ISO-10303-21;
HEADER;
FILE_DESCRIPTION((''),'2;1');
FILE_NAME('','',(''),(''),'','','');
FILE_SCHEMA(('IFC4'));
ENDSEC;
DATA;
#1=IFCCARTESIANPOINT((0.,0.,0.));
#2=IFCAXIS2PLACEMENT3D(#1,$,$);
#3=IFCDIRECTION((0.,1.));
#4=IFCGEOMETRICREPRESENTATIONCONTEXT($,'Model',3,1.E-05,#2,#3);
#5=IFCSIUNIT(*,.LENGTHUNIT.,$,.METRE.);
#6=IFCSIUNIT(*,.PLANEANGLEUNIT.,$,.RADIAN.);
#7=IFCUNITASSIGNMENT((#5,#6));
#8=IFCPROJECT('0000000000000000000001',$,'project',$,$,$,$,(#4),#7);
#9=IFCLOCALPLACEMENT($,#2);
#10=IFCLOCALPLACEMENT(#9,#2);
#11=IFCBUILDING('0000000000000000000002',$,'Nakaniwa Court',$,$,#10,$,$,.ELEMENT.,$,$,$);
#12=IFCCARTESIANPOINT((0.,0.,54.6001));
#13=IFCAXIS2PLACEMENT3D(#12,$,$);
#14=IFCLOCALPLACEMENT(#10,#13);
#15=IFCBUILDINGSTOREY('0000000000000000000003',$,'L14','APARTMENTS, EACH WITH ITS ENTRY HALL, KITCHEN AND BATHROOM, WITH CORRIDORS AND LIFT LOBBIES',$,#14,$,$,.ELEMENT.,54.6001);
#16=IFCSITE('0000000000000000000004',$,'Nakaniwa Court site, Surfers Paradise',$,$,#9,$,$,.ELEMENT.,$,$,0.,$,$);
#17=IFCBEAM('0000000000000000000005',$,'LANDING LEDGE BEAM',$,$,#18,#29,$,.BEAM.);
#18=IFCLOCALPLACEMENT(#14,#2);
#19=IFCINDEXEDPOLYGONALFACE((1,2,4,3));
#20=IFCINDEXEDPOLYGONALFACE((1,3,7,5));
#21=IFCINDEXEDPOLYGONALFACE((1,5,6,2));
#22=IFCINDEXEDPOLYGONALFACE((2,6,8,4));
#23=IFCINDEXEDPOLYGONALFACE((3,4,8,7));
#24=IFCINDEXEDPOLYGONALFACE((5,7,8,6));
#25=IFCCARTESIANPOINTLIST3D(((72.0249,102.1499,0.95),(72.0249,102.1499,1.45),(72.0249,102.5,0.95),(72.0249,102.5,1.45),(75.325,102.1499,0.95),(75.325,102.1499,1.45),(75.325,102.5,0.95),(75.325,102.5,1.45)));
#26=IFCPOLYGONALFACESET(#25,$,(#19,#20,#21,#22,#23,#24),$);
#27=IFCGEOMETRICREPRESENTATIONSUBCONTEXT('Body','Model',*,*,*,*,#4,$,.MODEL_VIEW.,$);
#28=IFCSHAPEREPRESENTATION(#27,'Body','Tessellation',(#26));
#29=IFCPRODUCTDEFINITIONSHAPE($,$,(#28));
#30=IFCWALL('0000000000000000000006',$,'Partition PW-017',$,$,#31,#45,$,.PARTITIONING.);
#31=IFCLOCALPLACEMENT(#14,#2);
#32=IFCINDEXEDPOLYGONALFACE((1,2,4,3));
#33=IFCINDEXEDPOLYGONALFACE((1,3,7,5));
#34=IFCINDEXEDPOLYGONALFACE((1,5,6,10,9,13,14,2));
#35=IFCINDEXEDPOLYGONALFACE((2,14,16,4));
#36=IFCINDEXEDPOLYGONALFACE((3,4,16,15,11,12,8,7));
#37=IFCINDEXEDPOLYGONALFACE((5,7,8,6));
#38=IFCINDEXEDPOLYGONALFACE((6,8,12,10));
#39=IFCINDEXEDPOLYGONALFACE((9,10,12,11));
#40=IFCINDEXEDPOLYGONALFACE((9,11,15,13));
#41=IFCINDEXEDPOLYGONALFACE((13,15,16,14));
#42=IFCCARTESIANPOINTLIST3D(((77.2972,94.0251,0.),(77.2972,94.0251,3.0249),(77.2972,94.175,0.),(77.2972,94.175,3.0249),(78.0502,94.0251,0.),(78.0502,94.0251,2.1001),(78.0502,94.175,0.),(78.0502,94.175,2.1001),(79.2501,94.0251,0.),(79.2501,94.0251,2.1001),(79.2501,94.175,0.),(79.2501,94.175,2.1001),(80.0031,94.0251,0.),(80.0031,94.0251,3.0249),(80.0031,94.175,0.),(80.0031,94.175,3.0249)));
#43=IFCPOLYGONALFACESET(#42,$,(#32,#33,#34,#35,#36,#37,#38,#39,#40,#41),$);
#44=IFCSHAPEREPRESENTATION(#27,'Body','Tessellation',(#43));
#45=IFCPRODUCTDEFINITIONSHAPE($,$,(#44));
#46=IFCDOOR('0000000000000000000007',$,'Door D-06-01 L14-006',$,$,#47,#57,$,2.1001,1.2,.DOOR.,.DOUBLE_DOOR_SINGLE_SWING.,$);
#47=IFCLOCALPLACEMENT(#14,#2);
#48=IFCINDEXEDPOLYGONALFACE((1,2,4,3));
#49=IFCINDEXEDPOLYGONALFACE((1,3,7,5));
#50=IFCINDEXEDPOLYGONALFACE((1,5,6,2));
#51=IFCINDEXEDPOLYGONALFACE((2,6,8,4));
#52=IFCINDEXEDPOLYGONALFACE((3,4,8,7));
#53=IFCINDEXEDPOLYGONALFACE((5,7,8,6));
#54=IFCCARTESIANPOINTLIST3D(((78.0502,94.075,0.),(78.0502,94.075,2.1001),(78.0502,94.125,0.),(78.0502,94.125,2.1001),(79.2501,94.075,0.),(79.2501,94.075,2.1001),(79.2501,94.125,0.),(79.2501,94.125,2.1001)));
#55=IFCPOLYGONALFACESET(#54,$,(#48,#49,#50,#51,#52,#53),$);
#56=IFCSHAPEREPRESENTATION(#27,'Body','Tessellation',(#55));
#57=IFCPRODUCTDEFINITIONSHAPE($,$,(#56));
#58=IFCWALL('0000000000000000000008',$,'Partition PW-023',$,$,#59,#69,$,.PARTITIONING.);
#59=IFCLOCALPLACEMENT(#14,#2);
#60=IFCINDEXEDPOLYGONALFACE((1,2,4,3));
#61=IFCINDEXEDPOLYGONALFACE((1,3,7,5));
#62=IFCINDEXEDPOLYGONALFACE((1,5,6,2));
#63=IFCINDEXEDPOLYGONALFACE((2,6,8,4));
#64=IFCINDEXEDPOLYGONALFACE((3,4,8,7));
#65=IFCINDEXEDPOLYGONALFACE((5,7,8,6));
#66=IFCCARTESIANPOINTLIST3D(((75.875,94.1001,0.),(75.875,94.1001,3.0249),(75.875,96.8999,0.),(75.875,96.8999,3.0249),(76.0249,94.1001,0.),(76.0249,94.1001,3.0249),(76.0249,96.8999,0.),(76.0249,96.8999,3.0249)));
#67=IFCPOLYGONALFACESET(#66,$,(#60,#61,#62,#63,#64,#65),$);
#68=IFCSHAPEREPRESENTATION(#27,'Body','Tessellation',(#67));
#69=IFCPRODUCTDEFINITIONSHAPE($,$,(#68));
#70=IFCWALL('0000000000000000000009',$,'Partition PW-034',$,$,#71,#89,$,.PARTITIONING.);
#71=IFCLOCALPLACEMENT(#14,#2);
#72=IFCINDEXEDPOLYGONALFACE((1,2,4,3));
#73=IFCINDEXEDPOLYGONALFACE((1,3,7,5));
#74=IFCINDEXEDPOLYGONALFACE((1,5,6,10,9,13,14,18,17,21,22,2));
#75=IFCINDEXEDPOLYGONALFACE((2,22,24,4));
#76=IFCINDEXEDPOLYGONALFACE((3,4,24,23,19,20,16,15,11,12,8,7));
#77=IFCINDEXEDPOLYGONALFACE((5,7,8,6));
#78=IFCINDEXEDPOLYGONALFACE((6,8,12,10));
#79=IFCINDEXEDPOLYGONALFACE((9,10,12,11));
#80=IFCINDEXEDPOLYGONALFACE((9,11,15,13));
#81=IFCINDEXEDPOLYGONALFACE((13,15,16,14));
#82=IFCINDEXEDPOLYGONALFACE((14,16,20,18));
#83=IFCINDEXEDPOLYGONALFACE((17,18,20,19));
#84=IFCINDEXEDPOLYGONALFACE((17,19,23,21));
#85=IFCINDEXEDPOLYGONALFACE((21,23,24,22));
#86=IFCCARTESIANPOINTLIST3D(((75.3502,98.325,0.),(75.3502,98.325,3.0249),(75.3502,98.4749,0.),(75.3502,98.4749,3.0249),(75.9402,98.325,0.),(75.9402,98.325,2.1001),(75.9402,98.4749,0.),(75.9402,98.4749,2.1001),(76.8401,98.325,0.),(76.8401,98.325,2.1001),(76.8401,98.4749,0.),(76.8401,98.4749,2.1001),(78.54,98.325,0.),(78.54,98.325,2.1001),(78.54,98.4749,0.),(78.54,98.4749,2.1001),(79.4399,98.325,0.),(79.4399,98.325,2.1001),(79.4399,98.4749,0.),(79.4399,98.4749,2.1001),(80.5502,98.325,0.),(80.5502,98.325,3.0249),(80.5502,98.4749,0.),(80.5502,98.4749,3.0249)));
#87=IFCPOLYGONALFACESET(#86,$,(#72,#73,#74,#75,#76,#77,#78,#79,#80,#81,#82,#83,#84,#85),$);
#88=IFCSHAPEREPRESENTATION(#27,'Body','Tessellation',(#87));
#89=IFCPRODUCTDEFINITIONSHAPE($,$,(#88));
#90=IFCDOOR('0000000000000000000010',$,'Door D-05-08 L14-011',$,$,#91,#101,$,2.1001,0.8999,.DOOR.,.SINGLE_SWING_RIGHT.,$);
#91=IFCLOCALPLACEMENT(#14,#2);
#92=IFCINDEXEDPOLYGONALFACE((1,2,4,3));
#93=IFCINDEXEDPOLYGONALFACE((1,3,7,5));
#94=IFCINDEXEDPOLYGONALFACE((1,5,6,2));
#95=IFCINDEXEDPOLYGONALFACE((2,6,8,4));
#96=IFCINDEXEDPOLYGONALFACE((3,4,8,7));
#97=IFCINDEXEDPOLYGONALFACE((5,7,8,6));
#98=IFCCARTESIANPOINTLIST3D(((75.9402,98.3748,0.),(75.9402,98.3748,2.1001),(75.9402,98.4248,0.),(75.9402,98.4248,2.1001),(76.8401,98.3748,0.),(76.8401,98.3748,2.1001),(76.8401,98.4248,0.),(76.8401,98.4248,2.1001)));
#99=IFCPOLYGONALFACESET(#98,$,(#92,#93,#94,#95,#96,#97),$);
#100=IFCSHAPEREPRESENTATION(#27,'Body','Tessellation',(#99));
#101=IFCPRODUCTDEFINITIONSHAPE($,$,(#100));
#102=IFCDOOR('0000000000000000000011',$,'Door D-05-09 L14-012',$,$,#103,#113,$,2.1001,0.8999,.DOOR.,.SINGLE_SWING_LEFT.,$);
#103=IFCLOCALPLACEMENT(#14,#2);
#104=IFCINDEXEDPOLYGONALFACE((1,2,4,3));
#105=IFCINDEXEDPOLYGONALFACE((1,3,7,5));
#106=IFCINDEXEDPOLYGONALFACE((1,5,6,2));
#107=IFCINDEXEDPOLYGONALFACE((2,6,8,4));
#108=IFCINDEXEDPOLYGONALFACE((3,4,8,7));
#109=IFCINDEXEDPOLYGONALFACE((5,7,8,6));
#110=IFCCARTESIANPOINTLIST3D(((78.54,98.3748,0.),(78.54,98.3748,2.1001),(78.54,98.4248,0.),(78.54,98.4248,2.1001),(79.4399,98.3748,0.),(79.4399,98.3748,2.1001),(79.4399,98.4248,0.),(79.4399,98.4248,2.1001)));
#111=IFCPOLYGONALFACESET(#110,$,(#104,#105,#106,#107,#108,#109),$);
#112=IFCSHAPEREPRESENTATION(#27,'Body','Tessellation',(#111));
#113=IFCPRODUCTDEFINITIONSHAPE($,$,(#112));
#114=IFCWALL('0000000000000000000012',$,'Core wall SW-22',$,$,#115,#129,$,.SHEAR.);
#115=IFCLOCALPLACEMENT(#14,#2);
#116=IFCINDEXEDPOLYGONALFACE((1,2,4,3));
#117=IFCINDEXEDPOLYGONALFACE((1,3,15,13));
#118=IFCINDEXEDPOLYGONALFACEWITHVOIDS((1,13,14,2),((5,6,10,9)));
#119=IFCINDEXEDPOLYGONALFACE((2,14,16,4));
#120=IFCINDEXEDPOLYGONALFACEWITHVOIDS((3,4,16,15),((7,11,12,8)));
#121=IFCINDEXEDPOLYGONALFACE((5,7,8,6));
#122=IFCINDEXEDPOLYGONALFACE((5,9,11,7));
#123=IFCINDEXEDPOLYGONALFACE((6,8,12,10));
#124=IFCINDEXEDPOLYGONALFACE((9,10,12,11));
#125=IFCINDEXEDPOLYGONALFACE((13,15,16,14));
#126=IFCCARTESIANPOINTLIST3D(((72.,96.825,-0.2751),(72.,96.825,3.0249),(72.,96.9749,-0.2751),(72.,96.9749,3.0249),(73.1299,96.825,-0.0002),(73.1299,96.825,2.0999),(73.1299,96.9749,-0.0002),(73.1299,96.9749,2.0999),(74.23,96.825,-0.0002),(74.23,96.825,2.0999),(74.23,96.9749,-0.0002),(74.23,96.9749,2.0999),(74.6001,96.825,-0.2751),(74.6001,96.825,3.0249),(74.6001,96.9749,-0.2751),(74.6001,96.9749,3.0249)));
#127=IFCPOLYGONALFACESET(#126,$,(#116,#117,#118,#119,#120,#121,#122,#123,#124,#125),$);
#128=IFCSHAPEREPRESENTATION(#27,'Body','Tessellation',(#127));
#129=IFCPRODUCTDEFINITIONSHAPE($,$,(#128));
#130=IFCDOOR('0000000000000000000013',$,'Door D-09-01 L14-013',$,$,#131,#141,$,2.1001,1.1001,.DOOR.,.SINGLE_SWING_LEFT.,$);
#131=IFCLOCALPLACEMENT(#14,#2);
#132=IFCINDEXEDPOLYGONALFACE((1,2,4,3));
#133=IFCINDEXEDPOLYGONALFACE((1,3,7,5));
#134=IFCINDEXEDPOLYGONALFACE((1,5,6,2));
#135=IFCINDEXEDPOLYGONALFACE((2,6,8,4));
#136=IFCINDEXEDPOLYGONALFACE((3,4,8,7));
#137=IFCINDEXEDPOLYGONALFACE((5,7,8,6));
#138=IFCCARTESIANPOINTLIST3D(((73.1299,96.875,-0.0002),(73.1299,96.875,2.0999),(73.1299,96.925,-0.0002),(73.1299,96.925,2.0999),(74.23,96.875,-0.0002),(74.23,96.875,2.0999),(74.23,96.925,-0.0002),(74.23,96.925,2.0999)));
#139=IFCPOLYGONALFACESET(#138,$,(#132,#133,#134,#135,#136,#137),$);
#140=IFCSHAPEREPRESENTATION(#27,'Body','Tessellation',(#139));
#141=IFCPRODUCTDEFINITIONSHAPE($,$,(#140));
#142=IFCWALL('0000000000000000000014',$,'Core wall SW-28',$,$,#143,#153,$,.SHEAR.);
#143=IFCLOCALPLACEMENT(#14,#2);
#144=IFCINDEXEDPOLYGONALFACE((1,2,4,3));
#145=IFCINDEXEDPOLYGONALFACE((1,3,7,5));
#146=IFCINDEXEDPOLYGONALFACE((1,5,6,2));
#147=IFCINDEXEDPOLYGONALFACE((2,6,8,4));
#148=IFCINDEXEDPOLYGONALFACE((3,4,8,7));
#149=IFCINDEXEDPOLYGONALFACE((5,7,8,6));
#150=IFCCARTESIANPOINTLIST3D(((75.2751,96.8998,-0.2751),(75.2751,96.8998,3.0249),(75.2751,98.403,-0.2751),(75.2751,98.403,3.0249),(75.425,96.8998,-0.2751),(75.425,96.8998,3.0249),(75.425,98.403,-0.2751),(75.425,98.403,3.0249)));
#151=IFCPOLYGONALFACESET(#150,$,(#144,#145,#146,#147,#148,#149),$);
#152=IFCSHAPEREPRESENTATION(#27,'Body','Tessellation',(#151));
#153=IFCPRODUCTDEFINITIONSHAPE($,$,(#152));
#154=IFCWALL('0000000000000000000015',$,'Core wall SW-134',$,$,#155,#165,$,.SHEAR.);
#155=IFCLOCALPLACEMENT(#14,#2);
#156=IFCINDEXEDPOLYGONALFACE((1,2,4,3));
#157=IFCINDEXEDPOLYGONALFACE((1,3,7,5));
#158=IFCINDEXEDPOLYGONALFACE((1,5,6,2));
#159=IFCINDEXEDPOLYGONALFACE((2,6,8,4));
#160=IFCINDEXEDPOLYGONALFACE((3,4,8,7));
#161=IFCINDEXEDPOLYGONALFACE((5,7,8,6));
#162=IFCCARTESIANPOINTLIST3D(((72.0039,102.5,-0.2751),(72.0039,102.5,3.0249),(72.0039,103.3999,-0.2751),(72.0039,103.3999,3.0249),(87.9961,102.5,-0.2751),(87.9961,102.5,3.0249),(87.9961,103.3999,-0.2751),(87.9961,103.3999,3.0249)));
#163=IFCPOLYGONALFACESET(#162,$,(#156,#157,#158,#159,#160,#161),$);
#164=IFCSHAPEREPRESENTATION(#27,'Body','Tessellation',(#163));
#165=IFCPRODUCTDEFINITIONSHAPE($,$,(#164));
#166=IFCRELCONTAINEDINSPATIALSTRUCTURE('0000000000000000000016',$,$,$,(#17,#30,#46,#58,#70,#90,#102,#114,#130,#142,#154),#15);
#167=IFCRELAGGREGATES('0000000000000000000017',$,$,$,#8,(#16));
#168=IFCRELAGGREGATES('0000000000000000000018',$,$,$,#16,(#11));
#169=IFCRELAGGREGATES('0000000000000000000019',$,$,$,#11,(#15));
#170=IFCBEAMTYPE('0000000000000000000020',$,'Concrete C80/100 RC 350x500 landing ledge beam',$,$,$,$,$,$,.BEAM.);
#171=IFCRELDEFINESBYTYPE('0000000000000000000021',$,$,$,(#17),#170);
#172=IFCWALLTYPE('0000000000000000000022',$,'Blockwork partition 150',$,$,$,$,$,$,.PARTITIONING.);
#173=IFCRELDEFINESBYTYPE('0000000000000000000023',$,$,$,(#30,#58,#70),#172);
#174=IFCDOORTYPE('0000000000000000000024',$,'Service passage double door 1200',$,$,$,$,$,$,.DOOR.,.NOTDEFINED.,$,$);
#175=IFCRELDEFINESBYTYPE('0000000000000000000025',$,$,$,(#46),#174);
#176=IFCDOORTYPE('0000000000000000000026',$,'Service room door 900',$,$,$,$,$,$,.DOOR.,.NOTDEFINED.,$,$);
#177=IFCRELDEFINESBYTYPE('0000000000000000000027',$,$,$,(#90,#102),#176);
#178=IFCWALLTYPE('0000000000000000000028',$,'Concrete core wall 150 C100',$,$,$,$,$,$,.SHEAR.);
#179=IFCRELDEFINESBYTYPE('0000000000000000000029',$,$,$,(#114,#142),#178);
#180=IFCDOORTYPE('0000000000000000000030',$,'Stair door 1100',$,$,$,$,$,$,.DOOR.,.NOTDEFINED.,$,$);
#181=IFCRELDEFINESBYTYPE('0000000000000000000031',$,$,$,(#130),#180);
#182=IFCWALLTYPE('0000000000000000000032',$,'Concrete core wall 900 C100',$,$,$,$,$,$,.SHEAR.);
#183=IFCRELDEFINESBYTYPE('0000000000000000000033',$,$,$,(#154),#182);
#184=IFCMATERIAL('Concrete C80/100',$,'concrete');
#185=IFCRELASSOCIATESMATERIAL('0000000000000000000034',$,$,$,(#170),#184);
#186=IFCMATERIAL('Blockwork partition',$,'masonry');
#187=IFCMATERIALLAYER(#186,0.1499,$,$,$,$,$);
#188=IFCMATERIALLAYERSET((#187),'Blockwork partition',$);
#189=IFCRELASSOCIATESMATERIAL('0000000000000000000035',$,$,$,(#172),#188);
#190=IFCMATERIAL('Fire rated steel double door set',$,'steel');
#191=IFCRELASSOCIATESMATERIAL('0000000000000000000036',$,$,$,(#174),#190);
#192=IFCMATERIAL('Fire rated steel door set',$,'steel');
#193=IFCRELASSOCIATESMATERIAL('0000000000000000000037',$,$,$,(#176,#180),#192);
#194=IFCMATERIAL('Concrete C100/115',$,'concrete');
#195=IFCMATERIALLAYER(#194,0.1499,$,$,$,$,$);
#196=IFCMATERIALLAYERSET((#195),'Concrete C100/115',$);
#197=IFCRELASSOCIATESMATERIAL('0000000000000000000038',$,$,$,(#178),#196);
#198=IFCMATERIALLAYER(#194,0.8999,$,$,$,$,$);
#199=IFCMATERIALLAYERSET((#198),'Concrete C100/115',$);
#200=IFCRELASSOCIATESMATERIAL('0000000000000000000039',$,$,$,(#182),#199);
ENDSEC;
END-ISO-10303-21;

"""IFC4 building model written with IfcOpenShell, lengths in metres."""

from ifc_helpers import new_model, si_unit, direction, frame, frame_2d, origin, origin_2d, place, context, subcontext, project, spatial, rectangle, extrude, material, layer, layer_set, material_profile, profile_set, type_object, element, fill, save


model = new_model("IFC4")

# Units and contexts
model_context = context("Model", 3, precision=1e-05, world=origin(), true_north=direction((0.0, 1.0)))
body_context = subcontext(model_context, "Body", "Model", "MODEL_VIEW")
ifc_project = project(units=[si_unit("LENGTHUNIT", "METRE"), si_unit("PLANEANGLEUNIT", "RADIAN")], contexts=[model_context])

# Site, building, storey
site_placement = place(None, origin())
site = spatial("IfcSite", under=ifc_project, at=site_placement, Name="Nakaniwa Court site, Surfers Paradise", CompositionType="ELEMENT", RefElevation=0.0)
building_placement = place(site_placement, origin())
building = spatial("IfcBuilding", under=site, at=building_placement, Name="Nakaniwa Court", CompositionType="ELEMENT")
storey_placement = place(building_placement, frame((0.0, 0.0, 54.6001)))
storey = spatial("IfcBuildingStorey", under=building, at=storey_placement, Name="L14", Description="APARTMENTS, EACH WITH ITS ENTRY HALL, KITCHEN AND BATHROOM, WITH CORRIDORS AND LIFT LOBBIES", CompositionType="ELEMENT", Elevation=54.6001)

# Beam
ifc_material_1 = material(Name="Concrete C80/100", Category="concrete")
ifc_material_profile = material_profile(ifc_material_1, rectangle(XDim=0.3501, YDim=0.5, at=origin_2d()), Name="Concrete C80/100 RC 350x500 landing ledge beam")
ifc_profile_set = profile_set([ifc_material_profile], Name="Concrete C80/100")
beam_type = type_object("IfcBeamType", Name="Concrete C80/100 RC 350x500 landing ledge beam", PredefinedType="BEAM", material=ifc_profile_set)
beam_placement = place(storey_placement, frame((72.0249, 102.325, 1.2), z_axis=(1.0, 0.0, 0.0), x_axis=(0.0, 1.0, 0.0)))
element("IfcBeam", 1, at=beam_placement, inside=storey, type_object=beam_type, Name="LANDING LEDGE BEAM", PredefinedType="BEAM", context=body_context, shape_type="SweptSolid", body=[
    extrude(rectangle(XDim=0.3501, YDim=0.5, at=origin_2d()), origin(), (0.0, 0.0, 1.0), 3.3),
])

# Wall, opening, door
ifc_material_2 = material(Name="Blockwork partition", Category="masonry")
ifc_layer_1 = layer(ifc_material_2, 0.1499)
ifc_layer_set_1 = layer_set([ifc_layer_1], Name="Blockwork partition")
wall_type_1 = type_object("IfcWallType", Name="Blockwork partition 150", PredefinedType="PARTITIONING", material=ifc_layer_set_1)
wall_1_placement = place(storey_placement, frame((77.2971, 94.1001, 0.0), z_axis=(0.0, 0.0, 1.0), x_axis=(1.0, 0.0, 0.0)))
wall_1 = element("IfcWall", 2, at=wall_1_placement, inside=storey, type_object=wall_type_1, Name="Partition PW-017", PredefinedType="PARTITIONING", context=body_context, shape_type="SweptSolid", body=[
    extrude(rectangle(XDim=2.7058, YDim=0.1499, at=frame_2d((1.353, 0.0))), origin(), (0.0, 0.0, 1.0), 3.0249),
])
opening_1_placement = place(wall_1_placement, frame((0.7529, 0.0, 0.0)))
opening_1 = element("IfcOpeningElement", 3, at=opening_1_placement, cuts=wall_1, PredefinedType="OPENING", context=body_context, shape_type="SweptSolid", body=[
    extrude(rectangle(XDim=1.2, YDim=2.1001, at=frame_2d((0.6001, 1.05))), frame((0.0, 0.085, 0.0), z_axis=(0.0, -1.0, 0.0), x_axis=(1.0, 0.0, 0.0)), (0.0, 0.0, 1.0), 0.1699),
])
ifc_material_3 = material(Name="Fire rated steel double door set", Category="steel")
door_type_1 = type_object("IfcDoorType", Name="Service passage double door 1200", OperationType="NOTDEFINED", PredefinedType="DOOR", material=ifc_material_3)
door_1_placement = place(opening_1_placement, origin())
door_1 = element("IfcDoor", 4, at=door_1_placement, inside=storey, type_object=door_type_1, Name="Door D-06-01 L14-006", OperationType="DOUBLE_DOOR_SINGLE_SWING", OverallHeight=2.1001, OverallWidth=1.2, PredefinedType="DOOR", context=body_context, shape_type="SweptSolid", body=[
    extrude(rectangle(XDim=1.2, YDim=2.1001, at=frame_2d((0.6001, 1.05))), frame((0.0, 0.0249, 0.0), z_axis=(0.0, -1.0, 0.0), x_axis=(1.0, 0.0, 0.0)), (0.0, 0.0, 1.0), 0.05),
])
fill(opening_1, door_1)

# Wall
wall_2_placement = place(storey_placement, frame((75.95, 94.1001, 0.0), z_axis=(0.0, 0.0, 1.0), x_axis=(0.0, 1.0, 0.0)))
element("IfcWall", 5, at=wall_2_placement, inside=storey, type_object=wall_type_1, Name="Partition PW-023", PredefinedType="PARTITIONING", context=body_context, shape_type="SweptSolid", body=[
    extrude(rectangle(XDim=2.7998, YDim=0.1499, at=frame_2d((1.3999, 0.0))), origin(), (0.0, 0.0, 1.0), 3.0249),
])

# Wall, openings, doors
wall_3_placement = place(storey_placement, frame((75.3501, 98.3999, 0.0), z_axis=(0.0, 0.0, 1.0), x_axis=(1.0, 0.0, 0.0)))
wall_3 = element("IfcWall", 6, at=wall_3_placement, inside=storey, type_object=wall_type_1, Name="Partition PW-034", PredefinedType="PARTITIONING", context=body_context, shape_type="SweptSolid", body=[
    extrude(rectangle(XDim=5.2, YDim=0.1499, at=frame_2d((2.6001, 0.0))), origin(), (0.0, 0.0, 1.0), 3.0249),
])
opening_2_placement = place(wall_3_placement, frame((0.5901, 0.0, 0.0)))
opening_2 = element("IfcOpeningElement", 7, at=opening_2_placement, cuts=wall_3, PredefinedType="OPENING", context=body_context, shape_type="SweptSolid", body=[
    extrude(rectangle(XDim=0.8999, YDim=2.1001, at=frame_2d((0.45, 1.05))), frame((0.0, 0.085, 0.0), z_axis=(0.0, -1.0, 0.0), x_axis=(1.0, 0.0, 0.0)), (0.0, 0.0, 1.0), 0.1699),
])
opening_3_placement = place(wall_3_placement, frame((3.1899, 0.0, 0.0)))
opening_3 = element("IfcOpeningElement", 8, at=opening_3_placement, cuts=wall_3, PredefinedType="OPENING", context=body_context, shape_type="SweptSolid", body=[
    extrude(rectangle(XDim=0.8999, YDim=2.1001, at=frame_2d((0.45, 1.05))), frame((0.0, 0.085, 0.0), z_axis=(0.0, -1.0, 0.0), x_axis=(1.0, 0.0, 0.0)), (0.0, 0.0, 1.0), 0.1699),
])
ifc_material_4 = material(Name="Fire rated steel door set", Category="steel")
door_type_2 = type_object("IfcDoorType", Name="Service room door 900", OperationType="NOTDEFINED", PredefinedType="DOOR", material=ifc_material_4)
door_2_placement = place(opening_2_placement, origin())
door_2 = element("IfcDoor", 9, at=door_2_placement, inside=storey, type_object=door_type_2, Name="Door D-05-08 L14-011", OperationType="SINGLE_SWING_RIGHT", OverallHeight=2.1001, OverallWidth=0.8999, PredefinedType="DOOR", context=body_context, shape_type="SweptSolid", body=[
    extrude(rectangle(XDim=0.8999, YDim=2.1001, at=frame_2d((0.45, 1.05))), frame((0.0, 0.0249, 0.0), z_axis=(0.0, -1.0, 0.0), x_axis=(1.0, 0.0, 0.0)), (0.0, 0.0, 1.0), 0.05),
])
fill(opening_2, door_2)
door_3_placement = place(opening_3_placement, origin())
door_3 = element("IfcDoor", 10, at=door_3_placement, inside=storey, type_object=door_type_2, Name="Door D-05-09 L14-012", OperationType="SINGLE_SWING_LEFT", OverallHeight=2.1001, OverallWidth=0.8999, PredefinedType="DOOR", context=body_context, shape_type="SweptSolid", body=[
    extrude(rectangle(XDim=0.8999, YDim=2.1001, at=frame_2d((0.45, 1.05))), frame((0.0, 0.0249, 0.0), z_axis=(0.0, -1.0, 0.0), x_axis=(1.0, 0.0, 0.0)), (0.0, 0.0, 1.0), 0.05),
])
fill(opening_3, door_3)

# Wall, opening, door
ifc_material_5 = material(Name="Concrete C100/115", Category="concrete")
ifc_layer_2 = layer(ifc_material_5, 0.1499)
ifc_layer_set_2 = layer_set([ifc_layer_2], Name="Concrete C100/115")
wall_type_2 = type_object("IfcWallType", Name="Concrete core wall 150 C100", PredefinedType="SHEAR", material=ifc_layer_set_2)
wall_4_placement = place(storey_placement, frame((74.6001, 96.8999, -0.2751), z_axis=(0.0, 0.0, 1.0), x_axis=(-1.0, 0.0, 0.0)))
wall_4 = element("IfcWall", 11, at=wall_4_placement, inside=storey, type_object=wall_type_2, Name="Core wall SW-22", PredefinedType="SHEAR", context=body_context, shape_type="SweptSolid", body=[
    extrude(rectangle(XDim=2.6001, YDim=0.1499, at=frame_2d((1.3, 0.0))), origin(), (0.0, 0.0, 1.0), 3.3),
])
opening_4_placement = place(wall_4_placement, frame((0.3701, 0.0, 0.2749)))
opening_4 = element("IfcOpeningElement", 12, at=opening_4_placement, cuts=wall_4, PredefinedType="OPENING", context=body_context, shape_type="SweptSolid", body=[
    extrude(rectangle(XDim=1.1001, YDim=2.1001, at=frame_2d((0.55, 1.05))), frame((0.0, 0.085, 0.0), z_axis=(0.0, -1.0, 0.0), x_axis=(1.0, 0.0, 0.0)), (0.0, 0.0, 1.0), 0.1699),
])
door_type_3 = type_object("IfcDoorType", Name="Stair door 1100", OperationType="NOTDEFINED", PredefinedType="DOOR", material=ifc_material_4)
door_4_placement = place(opening_4_placement, origin())
door_4 = element("IfcDoor", 13, at=door_4_placement, inside=storey, type_object=door_type_3, Name="Door D-09-01 L14-013", OperationType="SINGLE_SWING_LEFT", OverallHeight=2.1001, OverallWidth=1.1001, PredefinedType="DOOR", context=body_context, shape_type="SweptSolid", body=[
    extrude(rectangle(XDim=1.1001, YDim=2.1001, at=frame_2d((0.55, 1.05))), frame((0.0, 0.0249, 0.0), z_axis=(0.0, -1.0, 0.0), x_axis=(1.0, 0.0, 0.0)), (0.0, 0.0, 1.0), 0.05),
])
fill(opening_4, door_4)

# Walls
wall_5_placement = place(storey_placement, frame((75.3501, 96.8999, -0.2751), z_axis=(0.0, 0.0, 1.0), x_axis=(0.0, 1.0, 0.0)))
element("IfcWall", 14, at=wall_5_placement, inside=storey, type_object=wall_type_2, Name="Core wall SW-28", PredefinedType="SHEAR", context=body_context, shape_type="SweptSolid", body=[
    extrude(rectangle(XDim=1.5032, YDim=0.1499, at=frame_2d((0.7515, 0.0))), origin(), (0.0, 0.0, 1.0), 3.3),
])
ifc_layer_3 = layer(ifc_material_5, 0.8999)
ifc_layer_set_3 = layer_set([ifc_layer_3], Name="Concrete C100/115")
wall_type_3 = type_object("IfcWallType", Name="Concrete core wall 900 C100", PredefinedType="SHEAR", material=ifc_layer_set_3)
wall_6_placement = place(storey_placement, frame((72.0039, 102.95, -0.2751), z_axis=(0.0, 0.0, 1.0), x_axis=(1.0, 0.0, 0.0)))
element("IfcWall", 15, at=wall_6_placement, inside=storey, type_object=wall_type_3, Name="Core wall SW-134", PredefinedType="SHEAR", context=body_context, shape_type="SweptSolid", body=[
    extrude(rectangle(XDim=15.9922, YDim=0.8999, at=frame_2d((7.9961, 0.0))), origin(), (0.0, 0.0, 1.0), 3.3),
])

save(model, "model.ifc")
